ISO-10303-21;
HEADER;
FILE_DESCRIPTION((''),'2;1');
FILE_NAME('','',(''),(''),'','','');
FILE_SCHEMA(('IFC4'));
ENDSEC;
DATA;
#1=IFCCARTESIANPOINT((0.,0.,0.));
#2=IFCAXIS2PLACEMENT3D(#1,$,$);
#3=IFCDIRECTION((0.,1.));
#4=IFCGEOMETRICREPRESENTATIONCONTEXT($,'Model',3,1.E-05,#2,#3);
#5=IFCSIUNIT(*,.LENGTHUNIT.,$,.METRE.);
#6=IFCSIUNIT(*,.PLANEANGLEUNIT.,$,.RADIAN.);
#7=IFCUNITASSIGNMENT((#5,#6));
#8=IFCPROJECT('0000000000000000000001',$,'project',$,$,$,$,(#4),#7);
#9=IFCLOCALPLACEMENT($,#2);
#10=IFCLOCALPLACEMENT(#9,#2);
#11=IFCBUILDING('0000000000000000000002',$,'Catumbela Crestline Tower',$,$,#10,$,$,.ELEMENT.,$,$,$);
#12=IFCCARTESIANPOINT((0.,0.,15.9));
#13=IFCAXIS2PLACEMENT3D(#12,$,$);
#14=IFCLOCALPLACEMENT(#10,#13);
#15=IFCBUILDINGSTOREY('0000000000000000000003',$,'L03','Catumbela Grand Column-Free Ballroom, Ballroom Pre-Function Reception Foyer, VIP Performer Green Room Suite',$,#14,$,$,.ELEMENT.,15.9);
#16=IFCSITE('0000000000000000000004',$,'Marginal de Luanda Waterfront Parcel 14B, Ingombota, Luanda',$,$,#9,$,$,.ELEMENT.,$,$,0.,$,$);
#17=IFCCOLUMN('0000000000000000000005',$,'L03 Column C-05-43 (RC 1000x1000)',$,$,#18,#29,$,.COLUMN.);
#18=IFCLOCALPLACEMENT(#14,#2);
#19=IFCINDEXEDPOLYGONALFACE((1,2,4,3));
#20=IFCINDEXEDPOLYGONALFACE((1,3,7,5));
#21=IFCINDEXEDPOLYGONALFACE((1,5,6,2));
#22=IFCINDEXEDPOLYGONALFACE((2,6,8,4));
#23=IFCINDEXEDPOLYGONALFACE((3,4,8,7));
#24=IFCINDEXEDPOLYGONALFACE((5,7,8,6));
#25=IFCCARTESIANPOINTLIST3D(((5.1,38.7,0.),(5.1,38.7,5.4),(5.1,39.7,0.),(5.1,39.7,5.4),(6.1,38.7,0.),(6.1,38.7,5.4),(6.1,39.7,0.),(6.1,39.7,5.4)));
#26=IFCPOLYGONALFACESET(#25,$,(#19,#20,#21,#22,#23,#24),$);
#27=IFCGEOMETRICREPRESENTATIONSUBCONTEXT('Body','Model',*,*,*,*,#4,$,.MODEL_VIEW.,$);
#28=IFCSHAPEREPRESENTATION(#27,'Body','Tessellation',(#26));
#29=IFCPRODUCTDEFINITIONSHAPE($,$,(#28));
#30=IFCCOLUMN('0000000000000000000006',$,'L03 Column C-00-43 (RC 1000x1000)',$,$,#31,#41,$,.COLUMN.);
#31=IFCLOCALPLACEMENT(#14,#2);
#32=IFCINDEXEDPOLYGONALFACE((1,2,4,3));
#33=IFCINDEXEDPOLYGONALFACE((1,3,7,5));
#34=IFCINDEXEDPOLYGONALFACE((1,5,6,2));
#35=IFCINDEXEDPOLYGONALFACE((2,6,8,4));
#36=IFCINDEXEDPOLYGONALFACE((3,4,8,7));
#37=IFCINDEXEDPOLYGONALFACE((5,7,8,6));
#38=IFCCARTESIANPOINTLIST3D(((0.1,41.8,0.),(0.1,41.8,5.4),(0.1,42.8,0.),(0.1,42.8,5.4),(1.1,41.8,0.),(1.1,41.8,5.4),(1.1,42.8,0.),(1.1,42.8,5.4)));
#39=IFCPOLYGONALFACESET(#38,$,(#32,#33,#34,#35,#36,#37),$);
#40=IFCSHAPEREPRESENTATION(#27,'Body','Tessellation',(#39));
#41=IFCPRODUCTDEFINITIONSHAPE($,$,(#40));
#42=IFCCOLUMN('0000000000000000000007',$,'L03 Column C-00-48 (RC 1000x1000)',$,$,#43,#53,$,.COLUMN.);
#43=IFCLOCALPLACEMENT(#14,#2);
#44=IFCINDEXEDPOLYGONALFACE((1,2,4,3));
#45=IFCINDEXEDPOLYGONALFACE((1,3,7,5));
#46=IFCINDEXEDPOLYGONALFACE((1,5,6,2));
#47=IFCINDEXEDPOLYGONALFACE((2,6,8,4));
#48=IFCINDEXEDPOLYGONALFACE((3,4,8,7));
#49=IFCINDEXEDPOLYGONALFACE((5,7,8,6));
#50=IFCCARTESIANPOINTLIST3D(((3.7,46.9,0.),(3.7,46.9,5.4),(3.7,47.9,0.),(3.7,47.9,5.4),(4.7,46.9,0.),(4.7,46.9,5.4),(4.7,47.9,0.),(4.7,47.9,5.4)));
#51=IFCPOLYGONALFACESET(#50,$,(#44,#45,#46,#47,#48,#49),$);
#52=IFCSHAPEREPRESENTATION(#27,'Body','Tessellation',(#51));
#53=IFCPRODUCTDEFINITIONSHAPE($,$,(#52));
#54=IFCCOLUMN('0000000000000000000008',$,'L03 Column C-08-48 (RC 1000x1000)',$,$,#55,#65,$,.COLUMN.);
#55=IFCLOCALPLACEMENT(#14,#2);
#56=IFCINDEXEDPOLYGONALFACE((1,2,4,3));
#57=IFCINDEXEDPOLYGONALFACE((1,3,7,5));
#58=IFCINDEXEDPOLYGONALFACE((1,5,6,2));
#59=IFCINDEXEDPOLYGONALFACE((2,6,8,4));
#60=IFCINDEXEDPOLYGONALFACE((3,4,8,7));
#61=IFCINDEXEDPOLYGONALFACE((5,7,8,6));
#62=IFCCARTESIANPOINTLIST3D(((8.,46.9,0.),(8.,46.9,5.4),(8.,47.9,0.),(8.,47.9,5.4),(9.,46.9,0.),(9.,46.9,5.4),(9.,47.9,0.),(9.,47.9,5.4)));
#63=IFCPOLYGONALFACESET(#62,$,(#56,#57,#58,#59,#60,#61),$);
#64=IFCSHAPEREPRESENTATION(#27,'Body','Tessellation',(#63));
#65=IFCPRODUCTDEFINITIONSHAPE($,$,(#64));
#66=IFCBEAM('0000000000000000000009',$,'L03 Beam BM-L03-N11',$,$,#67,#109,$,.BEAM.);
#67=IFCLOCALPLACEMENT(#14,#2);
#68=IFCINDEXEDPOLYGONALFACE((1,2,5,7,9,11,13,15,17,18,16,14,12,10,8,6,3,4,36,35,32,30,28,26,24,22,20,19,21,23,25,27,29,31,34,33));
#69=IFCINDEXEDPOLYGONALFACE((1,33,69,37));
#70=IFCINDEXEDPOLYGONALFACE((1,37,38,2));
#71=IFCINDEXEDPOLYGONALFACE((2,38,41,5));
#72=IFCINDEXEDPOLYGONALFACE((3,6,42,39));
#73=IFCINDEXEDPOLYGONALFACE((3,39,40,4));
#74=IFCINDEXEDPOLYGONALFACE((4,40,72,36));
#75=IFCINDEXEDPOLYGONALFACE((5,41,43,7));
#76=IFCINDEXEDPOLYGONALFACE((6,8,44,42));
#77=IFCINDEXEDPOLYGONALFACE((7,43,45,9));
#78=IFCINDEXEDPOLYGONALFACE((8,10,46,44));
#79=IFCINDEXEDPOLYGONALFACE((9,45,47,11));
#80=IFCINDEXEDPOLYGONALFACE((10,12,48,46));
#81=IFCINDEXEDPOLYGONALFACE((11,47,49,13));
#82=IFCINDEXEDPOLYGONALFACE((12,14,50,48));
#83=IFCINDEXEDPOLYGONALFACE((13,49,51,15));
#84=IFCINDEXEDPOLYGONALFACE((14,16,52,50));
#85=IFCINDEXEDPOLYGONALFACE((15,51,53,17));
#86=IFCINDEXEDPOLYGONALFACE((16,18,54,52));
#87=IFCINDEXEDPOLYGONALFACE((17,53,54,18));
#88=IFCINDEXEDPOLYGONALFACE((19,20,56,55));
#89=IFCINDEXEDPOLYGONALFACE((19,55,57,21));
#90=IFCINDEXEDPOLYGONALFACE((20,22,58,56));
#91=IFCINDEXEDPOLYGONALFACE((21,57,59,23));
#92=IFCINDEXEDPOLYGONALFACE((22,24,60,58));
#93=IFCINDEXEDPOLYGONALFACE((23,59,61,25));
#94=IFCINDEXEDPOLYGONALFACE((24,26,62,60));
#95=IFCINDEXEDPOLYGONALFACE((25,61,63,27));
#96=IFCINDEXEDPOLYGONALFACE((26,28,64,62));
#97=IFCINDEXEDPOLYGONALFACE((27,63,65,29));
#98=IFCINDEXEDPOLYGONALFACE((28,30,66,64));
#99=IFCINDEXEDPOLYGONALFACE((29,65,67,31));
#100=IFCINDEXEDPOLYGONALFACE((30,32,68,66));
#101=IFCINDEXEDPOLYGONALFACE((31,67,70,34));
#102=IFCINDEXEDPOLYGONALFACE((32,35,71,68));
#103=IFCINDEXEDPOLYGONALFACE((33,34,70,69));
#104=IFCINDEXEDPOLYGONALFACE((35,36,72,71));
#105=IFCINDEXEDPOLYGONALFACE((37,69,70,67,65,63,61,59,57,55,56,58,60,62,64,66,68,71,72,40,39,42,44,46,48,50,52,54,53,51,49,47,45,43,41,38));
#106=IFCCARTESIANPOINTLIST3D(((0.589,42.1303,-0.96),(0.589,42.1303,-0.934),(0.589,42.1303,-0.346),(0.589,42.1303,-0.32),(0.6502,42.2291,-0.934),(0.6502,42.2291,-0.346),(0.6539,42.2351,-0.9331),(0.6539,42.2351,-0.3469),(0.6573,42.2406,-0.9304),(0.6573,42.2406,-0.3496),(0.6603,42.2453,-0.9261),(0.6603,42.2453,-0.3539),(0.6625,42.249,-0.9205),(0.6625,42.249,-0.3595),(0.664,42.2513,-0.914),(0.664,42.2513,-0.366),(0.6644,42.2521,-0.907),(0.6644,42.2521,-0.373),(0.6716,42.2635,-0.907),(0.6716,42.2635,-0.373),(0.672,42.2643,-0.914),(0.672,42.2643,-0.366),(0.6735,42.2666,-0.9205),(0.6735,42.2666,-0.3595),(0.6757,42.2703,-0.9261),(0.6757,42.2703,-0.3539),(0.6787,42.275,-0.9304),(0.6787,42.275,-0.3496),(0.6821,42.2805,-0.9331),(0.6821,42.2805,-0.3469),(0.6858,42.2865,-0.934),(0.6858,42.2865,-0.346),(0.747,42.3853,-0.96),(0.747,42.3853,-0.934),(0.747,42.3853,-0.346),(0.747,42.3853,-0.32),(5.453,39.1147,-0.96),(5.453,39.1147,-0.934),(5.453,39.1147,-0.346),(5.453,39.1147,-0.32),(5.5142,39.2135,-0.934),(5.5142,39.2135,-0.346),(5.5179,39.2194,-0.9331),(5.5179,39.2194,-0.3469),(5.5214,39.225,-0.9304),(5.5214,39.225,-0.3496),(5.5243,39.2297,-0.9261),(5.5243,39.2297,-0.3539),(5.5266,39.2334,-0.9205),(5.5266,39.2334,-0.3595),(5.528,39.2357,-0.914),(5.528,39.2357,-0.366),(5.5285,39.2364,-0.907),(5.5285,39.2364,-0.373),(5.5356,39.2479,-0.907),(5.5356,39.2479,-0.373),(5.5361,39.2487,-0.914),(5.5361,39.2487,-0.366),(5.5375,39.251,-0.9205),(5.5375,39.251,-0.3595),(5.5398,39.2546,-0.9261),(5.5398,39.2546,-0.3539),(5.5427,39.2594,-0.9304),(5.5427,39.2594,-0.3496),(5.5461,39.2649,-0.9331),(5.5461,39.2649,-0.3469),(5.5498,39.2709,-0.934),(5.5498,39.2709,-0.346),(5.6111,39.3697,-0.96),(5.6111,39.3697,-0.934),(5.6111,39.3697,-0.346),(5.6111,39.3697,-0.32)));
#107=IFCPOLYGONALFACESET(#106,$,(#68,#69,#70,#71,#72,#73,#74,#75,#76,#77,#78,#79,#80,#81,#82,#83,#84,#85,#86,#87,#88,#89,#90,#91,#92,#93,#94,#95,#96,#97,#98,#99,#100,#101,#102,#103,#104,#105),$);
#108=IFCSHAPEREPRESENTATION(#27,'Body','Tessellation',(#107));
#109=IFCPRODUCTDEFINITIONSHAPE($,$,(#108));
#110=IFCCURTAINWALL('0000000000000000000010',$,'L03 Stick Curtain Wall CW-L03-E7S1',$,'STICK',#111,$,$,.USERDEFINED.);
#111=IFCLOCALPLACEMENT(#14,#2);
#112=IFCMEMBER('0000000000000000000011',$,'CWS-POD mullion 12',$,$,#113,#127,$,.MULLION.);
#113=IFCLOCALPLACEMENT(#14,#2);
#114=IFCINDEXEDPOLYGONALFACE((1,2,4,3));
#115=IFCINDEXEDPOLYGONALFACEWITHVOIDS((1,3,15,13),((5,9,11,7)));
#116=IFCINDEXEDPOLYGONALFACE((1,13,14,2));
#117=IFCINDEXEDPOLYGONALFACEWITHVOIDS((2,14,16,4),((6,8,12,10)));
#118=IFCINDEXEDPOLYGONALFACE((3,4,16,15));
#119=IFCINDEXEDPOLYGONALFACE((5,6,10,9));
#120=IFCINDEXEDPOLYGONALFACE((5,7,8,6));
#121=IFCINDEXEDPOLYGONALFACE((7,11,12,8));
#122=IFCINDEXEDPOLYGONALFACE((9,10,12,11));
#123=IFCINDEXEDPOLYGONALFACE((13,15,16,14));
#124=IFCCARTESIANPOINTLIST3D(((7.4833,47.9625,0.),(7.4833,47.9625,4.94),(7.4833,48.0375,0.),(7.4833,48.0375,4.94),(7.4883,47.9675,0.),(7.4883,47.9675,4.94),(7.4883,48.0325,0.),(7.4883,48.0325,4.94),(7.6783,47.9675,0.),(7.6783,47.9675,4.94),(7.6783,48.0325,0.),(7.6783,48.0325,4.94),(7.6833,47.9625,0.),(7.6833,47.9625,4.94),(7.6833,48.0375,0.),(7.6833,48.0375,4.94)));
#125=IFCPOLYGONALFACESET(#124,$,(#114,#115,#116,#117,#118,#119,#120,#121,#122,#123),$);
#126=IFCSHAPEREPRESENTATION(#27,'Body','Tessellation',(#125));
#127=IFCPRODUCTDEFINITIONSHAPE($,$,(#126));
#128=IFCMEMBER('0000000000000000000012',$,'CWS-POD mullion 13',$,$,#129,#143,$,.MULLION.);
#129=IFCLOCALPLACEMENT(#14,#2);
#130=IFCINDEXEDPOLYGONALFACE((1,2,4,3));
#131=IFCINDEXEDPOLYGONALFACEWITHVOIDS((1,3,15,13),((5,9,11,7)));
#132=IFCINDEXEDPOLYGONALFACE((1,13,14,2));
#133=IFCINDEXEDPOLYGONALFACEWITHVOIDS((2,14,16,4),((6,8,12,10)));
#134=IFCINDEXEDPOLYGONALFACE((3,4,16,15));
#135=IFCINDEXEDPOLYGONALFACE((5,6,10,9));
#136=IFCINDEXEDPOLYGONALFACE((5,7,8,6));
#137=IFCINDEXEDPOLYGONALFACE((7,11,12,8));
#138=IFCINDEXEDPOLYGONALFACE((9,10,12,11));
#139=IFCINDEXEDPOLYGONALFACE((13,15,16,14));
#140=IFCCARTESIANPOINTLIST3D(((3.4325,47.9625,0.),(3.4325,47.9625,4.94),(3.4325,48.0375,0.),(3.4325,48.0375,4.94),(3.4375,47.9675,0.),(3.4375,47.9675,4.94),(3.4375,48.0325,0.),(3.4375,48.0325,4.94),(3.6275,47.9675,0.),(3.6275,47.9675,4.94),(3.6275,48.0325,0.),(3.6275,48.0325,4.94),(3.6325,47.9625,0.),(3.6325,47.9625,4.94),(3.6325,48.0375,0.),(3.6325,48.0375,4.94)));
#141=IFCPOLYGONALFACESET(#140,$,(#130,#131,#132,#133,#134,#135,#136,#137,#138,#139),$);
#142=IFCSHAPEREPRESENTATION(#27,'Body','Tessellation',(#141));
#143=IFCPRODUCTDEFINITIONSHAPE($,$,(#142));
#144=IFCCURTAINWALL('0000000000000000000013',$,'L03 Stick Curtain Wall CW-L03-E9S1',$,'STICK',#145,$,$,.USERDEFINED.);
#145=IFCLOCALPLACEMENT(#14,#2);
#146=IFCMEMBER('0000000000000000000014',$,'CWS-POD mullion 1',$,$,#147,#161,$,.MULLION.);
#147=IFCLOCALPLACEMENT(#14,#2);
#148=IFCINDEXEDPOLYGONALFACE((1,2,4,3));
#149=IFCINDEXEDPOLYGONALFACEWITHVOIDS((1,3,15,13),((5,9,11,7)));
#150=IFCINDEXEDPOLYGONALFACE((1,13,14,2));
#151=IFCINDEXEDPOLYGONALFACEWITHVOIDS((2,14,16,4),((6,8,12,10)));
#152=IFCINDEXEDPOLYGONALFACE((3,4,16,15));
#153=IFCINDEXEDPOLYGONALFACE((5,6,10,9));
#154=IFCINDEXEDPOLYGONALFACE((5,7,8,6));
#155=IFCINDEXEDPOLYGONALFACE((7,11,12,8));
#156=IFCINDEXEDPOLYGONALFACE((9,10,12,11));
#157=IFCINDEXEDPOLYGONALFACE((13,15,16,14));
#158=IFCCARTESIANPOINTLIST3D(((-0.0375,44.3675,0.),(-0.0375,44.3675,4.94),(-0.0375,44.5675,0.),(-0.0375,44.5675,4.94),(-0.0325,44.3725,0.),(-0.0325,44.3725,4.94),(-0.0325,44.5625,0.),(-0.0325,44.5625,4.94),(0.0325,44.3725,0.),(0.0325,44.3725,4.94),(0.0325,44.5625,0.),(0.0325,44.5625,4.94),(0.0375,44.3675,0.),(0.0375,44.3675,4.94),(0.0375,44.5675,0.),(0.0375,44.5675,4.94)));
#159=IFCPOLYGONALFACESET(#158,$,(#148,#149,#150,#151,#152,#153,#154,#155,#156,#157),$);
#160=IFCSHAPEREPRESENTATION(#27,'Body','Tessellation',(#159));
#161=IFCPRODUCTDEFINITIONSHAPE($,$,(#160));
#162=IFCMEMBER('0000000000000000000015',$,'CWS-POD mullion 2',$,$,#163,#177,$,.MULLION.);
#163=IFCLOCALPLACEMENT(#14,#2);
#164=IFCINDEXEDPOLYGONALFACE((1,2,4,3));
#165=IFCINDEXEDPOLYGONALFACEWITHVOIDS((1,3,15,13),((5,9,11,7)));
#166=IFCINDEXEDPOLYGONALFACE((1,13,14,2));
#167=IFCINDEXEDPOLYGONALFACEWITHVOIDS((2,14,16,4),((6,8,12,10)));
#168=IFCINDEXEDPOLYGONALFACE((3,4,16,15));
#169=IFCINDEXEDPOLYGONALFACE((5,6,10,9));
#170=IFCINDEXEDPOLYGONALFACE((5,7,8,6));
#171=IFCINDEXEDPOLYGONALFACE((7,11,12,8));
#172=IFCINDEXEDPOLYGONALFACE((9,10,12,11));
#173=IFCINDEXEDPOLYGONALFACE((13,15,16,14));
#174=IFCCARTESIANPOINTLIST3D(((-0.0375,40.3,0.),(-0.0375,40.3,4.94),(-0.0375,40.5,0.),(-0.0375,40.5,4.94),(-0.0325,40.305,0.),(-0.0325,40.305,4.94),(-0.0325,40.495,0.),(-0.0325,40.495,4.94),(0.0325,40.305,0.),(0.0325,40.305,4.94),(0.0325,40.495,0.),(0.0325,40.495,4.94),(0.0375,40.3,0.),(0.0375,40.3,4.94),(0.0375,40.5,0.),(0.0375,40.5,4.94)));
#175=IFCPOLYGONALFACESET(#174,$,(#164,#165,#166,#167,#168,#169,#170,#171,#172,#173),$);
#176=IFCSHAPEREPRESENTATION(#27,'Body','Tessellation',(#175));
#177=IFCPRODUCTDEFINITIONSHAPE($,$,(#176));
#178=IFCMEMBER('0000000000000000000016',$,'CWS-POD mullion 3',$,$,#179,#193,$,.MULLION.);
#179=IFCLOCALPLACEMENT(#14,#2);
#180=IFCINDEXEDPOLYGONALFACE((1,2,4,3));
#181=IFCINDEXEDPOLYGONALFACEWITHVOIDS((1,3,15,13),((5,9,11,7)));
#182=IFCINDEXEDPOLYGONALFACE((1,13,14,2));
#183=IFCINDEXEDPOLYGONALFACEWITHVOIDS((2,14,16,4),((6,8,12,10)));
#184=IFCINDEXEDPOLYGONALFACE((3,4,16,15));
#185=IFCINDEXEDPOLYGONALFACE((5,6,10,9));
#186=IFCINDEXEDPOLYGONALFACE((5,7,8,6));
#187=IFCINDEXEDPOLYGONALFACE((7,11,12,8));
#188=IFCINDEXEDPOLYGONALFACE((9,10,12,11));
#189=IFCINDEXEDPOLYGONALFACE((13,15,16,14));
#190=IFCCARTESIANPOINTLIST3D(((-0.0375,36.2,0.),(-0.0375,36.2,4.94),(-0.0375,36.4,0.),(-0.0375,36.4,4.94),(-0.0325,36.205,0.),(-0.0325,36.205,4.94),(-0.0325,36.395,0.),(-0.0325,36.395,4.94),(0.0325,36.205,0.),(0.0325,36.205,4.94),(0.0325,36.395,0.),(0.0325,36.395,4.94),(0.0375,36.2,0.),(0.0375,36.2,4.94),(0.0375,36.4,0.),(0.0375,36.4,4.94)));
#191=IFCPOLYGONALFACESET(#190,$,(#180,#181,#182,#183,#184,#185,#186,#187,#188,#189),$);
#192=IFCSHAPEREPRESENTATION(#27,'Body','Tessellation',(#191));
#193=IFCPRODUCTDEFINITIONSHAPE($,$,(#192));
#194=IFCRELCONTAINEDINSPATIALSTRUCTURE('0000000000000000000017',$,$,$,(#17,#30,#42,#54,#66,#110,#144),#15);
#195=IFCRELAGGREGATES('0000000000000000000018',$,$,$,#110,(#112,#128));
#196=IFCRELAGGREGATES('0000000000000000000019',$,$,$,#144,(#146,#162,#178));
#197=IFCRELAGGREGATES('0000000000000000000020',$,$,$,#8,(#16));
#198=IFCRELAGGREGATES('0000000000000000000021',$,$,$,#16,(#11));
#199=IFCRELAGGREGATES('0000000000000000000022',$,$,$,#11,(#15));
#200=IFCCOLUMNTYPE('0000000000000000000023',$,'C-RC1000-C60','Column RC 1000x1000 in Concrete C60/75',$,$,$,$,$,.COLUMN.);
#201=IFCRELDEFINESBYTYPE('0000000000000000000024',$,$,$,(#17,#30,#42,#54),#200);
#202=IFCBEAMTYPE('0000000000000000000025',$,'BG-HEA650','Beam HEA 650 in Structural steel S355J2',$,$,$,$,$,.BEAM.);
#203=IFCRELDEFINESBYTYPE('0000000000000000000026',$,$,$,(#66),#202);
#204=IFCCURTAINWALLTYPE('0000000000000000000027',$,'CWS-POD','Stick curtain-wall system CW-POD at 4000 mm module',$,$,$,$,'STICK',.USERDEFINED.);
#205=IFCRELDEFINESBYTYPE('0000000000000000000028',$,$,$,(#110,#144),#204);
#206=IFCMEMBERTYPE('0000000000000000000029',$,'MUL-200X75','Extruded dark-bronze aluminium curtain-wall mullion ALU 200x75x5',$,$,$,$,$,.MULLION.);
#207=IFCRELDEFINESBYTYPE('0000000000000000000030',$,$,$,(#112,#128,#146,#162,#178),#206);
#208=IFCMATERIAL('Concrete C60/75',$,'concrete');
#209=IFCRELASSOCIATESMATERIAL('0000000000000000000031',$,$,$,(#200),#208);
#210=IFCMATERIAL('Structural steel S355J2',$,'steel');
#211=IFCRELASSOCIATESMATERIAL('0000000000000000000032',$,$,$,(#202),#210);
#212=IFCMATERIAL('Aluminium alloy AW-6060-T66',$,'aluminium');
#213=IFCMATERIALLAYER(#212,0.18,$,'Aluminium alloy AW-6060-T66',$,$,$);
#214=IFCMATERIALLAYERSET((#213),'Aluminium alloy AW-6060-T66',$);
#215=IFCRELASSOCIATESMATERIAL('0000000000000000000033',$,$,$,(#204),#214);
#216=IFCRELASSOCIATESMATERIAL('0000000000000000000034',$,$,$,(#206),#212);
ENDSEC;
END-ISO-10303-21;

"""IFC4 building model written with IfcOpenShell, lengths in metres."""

from ifc_helpers import new_model, si_unit, direction, frame, origin, origin_2d, place, context, subcontext, project, spatial, rectangle, hollow_rectangle, i_section, extrude, material, layer, layer_set, material_profile, profile_set, type_object, element, aggregate, save


model = new_model("IFC4")

# Units and contexts
model_context = context("Model", 3, precision=1e-05, world=origin(), true_north=direction((0.0, 1.0)))
body_context = subcontext(model_context, "Body", "Model", "MODEL_VIEW")
ifc_project = project(units=[si_unit("LENGTHUNIT", "METRE"), si_unit("PLANEANGLEUNIT", "RADIAN")], contexts=[model_context])

# Site, building, storey
site_placement = place(None, origin())
site = spatial("IfcSite", under=ifc_project, at=site_placement, Name="Marginal de Luanda Waterfront Parcel 14B, Ingombota, Luanda", CompositionType="ELEMENT", RefElevation=0.0)
building_placement = place(site_placement, origin())
building = spatial("IfcBuilding", under=site, at=building_placement, Name="Catumbela Crestline Tower", CompositionType="ELEMENT")
storey_placement = place(building_placement, frame((0.0, 0.0, 15.9)))
storey = spatial("IfcBuildingStorey", under=building, at=storey_placement, Name="L03", Description="Catumbela Grand Column-Free Ballroom, Ballroom Pre-Function Reception Foyer, VIP Performer Green Room Suite", CompositionType="ELEMENT", Elevation=15.9)

# Columns
ifc_material_1 = material(Name="Concrete C60/75", Category="concrete")
ifc_material_profile_1 = material_profile(ifc_material_1, rectangle(XDim=1.0, YDim=1.0, at=origin_2d()), Name="RC 1000x1000")
ifc_profile_set_1 = profile_set([ifc_material_profile_1], Name="Concrete C60/75")
column_type = type_object("IfcColumnType", Name="C-RC1000-C60", Description="Column RC 1000x1000 in Concrete C60/75", PredefinedType="COLUMN", material=ifc_profile_set_1)
for number, where, z_axis, x_axis, name in (
    (1, (5.6, 39.2, 0.0), (0.0, 0.0, 1.0), (1.0, 0.0, 0.0), "L03 Column C-05-43 (RC 1000x1000)"),
    (2, (0.6, 42.3, 0.0), (0.0, 0.0, 1.0), (1.0, 0.0, 0.0), "L03 Column C-00-43 (RC 1000x1000)"),
    (3, (4.2, 47.4, 0.0), (0.0, 0.0, 1.0), (1.0, 0.0, 0.0), "L03 Column C-00-48 (RC 1000x1000)"),
    (4, (8.5, 47.4, 0.0), (0.0, 0.0, 1.0), (1.0, 0.0, 0.0), "L03 Column C-08-48 (RC 1000x1000)"),
):
    element("IfcColumn", number, at=place(storey_placement, frame(where, z_axis=z_axis, x_axis=x_axis)), inside=storey, type_object=column_type, Name=name, PredefinedType="COLUMN", context=body_context, shape_type="SweptSolid", body=[
        extrude(rectangle(XDim=1.0, YDim=1.0, at=origin_2d()), origin(), (0.0, 0.0, 1.0), 5.4),
    ])

# Beam
ifc_material_2 = material(Name="Structural steel S355J2", Category="steel")
ifc_material_profile_2 = material_profile(ifc_material_2, i_section(OverallWidth=0.3, OverallDepth=0.64, WebThickness=0.0135, FlangeThickness=0.026, FilletRadius=0.027, at=origin_2d()), Name="HEA 650")
ifc_profile_set_2 = profile_set([ifc_material_profile_2], Name="Structural steel S355J2")
beam_type_1 = type_object("IfcBeamType", Name="BG-HEA650", Description="Beam HEA 650 in Structural steel S355J2", PredefinedType="BEAM", material=ifc_profile_set_2)
beam_1_placement = place(storey_placement, frame((0.668, 42.2578, -0.64), z_axis=(0.849909, -0.52693, 0.0), x_axis=(0.52693, 0.849909, 0.0)))
element("IfcBeam", 5, at=beam_1_placement, inside=storey, type_object=beam_type_1, Name="L03 Beam BM-L03-N11", PredefinedType="BEAM", context=body_context, shape_type="SweptSolid", body=[
    extrude(i_section(OverallWidth=0.3, OverallDepth=0.64, WebThickness=0.0135, FlangeThickness=0.026, FilletRadius=0.027, at=origin_2d()), origin(), (0.0, 0.0, 1.0), 5.723),
])

# Curtain walls, members
ifc_material_3 = material(Name="Aluminium alloy AW-6060-T66", Category="aluminium")
ifc_layer_1 = layer(ifc_material_3, 0.18, Name="Aluminium alloy AW-6060-T66")
ifc_layer_set_1 = layer_set([ifc_layer_1], Name="Aluminium alloy AW-6060-T66")
curtain_wall_type = type_object("IfcCurtainWallType", Name="CWS-POD", Description="Stick curtain-wall system CW-POD at 4000 mm module", ElementType="STICK", PredefinedType="USERDEFINED", material=ifc_layer_set_1)
curtain_wall_1_placement = place(storey_placement, origin())
curtain_wall_1 = element("IfcCurtainWall", 6, at=curtain_wall_1_placement, inside=storey, type_object=curtain_wall_type, Name="L03 Stick Curtain Wall CW-L03-E7S1", ObjectType="STICK", PredefinedType="USERDEFINED")
ifc_material_profile_3 = material_profile(ifc_material_3, hollow_rectangle(XDim=0.075, YDim=0.2, WallThickness=0.005, at=origin_2d()), Name="ALU 200x75x5")
ifc_profile_set_3 = profile_set([ifc_material_profile_3], Name="Aluminium alloy AW-6060-T66")
member_type_1 = type_object("IfcMemberType", Name="MUL-200X75", Description="Extruded dark-bronze aluminium curtain-wall mullion ALU 200x75x5", PredefinedType="MULLION", material=ifc_profile_set_3)
member_1_placement = place(storey_placement, frame((7.5833, 48.0, 0.0), z_axis=(0.0, 0.0, 1.0), x_axis=(0.0, -1.0, 0.0)))
member_1 = element("IfcMember", 7, at=member_1_placement, type_object=member_type_1, Name="CWS-POD mullion 12", PredefinedType="MULLION", context=body_context, shape_type="SweptSolid", body=[
    extrude(hollow_rectangle(XDim=0.075, YDim=0.2, WallThickness=0.005, at=origin_2d()), origin(), (0.0, 0.0, 1.0), 4.94),
])
member_2_placement = place(storey_placement, frame((3.5325, 48.0, 0.0), z_axis=(0.0, 0.0, 1.0), x_axis=(0.0, -1.0, 0.0)))
member_2 = element("IfcMember", 8, at=member_2_placement, type_object=member_type_1, Name="CWS-POD mullion 13", PredefinedType="MULLION", context=body_context, shape_type="SweptSolid", body=[
    extrude(hollow_rectangle(XDim=0.075, YDim=0.2, WallThickness=0.005, at=origin_2d()), origin(), (0.0, 0.0, 1.0), 4.94),
])
curtain_wall_2_placement = place(storey_placement, origin())
curtain_wall_2 = element("IfcCurtainWall", 9, at=curtain_wall_2_placement, inside=storey, type_object=curtain_wall_type, Name="L03 Stick Curtain Wall CW-L03-E9S1", ObjectType="STICK", PredefinedType="USERDEFINED")
member_3_placement = place(storey_placement, frame((0.0, 44.4675, 0.0), z_axis=(0.0, 0.0, 1.0), x_axis=(1.0, 0.0, 0.0)))
member_3 = element("IfcMember", 10, at=member_3_placement, type_object=member_type_1, Name="CWS-POD mullion 1", PredefinedType="MULLION", context=body_context, shape_type="SweptSolid", body=[
    extrude(hollow_rectangle(XDim=0.075, YDim=0.2, WallThickness=0.005, at=origin_2d()), origin(), (0.0, 0.0, 1.0), 4.94),
])
member_4_placement = place(storey_placement, frame((0.0, 40.4, 0.0), z_axis=(0.0, 0.0, 1.0), x_axis=(1.0, 0.0, 0.0)))
member_4 = element("IfcMember", 11, at=member_4_placement, type_object=member_type_1, Name="CWS-POD mullion 2", PredefinedType="MULLION", context=body_context, shape_type="SweptSolid", body=[
    extrude(hollow_rectangle(XDim=0.075, YDim=0.2, WallThickness=0.005, at=origin_2d()), origin(), (0.0, 0.0, 1.0), 4.94),
])
member_5_placement = place(storey_placement, frame((0.0, 36.3, 0.0), z_axis=(0.0, 0.0, 1.0), x_axis=(1.0, 0.0, 0.0)))
member_5 = element("IfcMember", 12, at=member_5_placement, type_object=member_type_1, Name="CWS-POD mullion 3", PredefinedType="MULLION", context=body_context, shape_type="SweptSolid", body=[
    extrude(hollow_rectangle(XDim=0.075, YDim=0.2, WallThickness=0.005, at=origin_2d()), origin(), (0.0, 0.0, 1.0), 4.94),
])

aggregate(curtain_wall_1, [member_1, member_2])
aggregate(curtain_wall_2, [member_3, member_4, member_5])

save(model, "model.ifc")
